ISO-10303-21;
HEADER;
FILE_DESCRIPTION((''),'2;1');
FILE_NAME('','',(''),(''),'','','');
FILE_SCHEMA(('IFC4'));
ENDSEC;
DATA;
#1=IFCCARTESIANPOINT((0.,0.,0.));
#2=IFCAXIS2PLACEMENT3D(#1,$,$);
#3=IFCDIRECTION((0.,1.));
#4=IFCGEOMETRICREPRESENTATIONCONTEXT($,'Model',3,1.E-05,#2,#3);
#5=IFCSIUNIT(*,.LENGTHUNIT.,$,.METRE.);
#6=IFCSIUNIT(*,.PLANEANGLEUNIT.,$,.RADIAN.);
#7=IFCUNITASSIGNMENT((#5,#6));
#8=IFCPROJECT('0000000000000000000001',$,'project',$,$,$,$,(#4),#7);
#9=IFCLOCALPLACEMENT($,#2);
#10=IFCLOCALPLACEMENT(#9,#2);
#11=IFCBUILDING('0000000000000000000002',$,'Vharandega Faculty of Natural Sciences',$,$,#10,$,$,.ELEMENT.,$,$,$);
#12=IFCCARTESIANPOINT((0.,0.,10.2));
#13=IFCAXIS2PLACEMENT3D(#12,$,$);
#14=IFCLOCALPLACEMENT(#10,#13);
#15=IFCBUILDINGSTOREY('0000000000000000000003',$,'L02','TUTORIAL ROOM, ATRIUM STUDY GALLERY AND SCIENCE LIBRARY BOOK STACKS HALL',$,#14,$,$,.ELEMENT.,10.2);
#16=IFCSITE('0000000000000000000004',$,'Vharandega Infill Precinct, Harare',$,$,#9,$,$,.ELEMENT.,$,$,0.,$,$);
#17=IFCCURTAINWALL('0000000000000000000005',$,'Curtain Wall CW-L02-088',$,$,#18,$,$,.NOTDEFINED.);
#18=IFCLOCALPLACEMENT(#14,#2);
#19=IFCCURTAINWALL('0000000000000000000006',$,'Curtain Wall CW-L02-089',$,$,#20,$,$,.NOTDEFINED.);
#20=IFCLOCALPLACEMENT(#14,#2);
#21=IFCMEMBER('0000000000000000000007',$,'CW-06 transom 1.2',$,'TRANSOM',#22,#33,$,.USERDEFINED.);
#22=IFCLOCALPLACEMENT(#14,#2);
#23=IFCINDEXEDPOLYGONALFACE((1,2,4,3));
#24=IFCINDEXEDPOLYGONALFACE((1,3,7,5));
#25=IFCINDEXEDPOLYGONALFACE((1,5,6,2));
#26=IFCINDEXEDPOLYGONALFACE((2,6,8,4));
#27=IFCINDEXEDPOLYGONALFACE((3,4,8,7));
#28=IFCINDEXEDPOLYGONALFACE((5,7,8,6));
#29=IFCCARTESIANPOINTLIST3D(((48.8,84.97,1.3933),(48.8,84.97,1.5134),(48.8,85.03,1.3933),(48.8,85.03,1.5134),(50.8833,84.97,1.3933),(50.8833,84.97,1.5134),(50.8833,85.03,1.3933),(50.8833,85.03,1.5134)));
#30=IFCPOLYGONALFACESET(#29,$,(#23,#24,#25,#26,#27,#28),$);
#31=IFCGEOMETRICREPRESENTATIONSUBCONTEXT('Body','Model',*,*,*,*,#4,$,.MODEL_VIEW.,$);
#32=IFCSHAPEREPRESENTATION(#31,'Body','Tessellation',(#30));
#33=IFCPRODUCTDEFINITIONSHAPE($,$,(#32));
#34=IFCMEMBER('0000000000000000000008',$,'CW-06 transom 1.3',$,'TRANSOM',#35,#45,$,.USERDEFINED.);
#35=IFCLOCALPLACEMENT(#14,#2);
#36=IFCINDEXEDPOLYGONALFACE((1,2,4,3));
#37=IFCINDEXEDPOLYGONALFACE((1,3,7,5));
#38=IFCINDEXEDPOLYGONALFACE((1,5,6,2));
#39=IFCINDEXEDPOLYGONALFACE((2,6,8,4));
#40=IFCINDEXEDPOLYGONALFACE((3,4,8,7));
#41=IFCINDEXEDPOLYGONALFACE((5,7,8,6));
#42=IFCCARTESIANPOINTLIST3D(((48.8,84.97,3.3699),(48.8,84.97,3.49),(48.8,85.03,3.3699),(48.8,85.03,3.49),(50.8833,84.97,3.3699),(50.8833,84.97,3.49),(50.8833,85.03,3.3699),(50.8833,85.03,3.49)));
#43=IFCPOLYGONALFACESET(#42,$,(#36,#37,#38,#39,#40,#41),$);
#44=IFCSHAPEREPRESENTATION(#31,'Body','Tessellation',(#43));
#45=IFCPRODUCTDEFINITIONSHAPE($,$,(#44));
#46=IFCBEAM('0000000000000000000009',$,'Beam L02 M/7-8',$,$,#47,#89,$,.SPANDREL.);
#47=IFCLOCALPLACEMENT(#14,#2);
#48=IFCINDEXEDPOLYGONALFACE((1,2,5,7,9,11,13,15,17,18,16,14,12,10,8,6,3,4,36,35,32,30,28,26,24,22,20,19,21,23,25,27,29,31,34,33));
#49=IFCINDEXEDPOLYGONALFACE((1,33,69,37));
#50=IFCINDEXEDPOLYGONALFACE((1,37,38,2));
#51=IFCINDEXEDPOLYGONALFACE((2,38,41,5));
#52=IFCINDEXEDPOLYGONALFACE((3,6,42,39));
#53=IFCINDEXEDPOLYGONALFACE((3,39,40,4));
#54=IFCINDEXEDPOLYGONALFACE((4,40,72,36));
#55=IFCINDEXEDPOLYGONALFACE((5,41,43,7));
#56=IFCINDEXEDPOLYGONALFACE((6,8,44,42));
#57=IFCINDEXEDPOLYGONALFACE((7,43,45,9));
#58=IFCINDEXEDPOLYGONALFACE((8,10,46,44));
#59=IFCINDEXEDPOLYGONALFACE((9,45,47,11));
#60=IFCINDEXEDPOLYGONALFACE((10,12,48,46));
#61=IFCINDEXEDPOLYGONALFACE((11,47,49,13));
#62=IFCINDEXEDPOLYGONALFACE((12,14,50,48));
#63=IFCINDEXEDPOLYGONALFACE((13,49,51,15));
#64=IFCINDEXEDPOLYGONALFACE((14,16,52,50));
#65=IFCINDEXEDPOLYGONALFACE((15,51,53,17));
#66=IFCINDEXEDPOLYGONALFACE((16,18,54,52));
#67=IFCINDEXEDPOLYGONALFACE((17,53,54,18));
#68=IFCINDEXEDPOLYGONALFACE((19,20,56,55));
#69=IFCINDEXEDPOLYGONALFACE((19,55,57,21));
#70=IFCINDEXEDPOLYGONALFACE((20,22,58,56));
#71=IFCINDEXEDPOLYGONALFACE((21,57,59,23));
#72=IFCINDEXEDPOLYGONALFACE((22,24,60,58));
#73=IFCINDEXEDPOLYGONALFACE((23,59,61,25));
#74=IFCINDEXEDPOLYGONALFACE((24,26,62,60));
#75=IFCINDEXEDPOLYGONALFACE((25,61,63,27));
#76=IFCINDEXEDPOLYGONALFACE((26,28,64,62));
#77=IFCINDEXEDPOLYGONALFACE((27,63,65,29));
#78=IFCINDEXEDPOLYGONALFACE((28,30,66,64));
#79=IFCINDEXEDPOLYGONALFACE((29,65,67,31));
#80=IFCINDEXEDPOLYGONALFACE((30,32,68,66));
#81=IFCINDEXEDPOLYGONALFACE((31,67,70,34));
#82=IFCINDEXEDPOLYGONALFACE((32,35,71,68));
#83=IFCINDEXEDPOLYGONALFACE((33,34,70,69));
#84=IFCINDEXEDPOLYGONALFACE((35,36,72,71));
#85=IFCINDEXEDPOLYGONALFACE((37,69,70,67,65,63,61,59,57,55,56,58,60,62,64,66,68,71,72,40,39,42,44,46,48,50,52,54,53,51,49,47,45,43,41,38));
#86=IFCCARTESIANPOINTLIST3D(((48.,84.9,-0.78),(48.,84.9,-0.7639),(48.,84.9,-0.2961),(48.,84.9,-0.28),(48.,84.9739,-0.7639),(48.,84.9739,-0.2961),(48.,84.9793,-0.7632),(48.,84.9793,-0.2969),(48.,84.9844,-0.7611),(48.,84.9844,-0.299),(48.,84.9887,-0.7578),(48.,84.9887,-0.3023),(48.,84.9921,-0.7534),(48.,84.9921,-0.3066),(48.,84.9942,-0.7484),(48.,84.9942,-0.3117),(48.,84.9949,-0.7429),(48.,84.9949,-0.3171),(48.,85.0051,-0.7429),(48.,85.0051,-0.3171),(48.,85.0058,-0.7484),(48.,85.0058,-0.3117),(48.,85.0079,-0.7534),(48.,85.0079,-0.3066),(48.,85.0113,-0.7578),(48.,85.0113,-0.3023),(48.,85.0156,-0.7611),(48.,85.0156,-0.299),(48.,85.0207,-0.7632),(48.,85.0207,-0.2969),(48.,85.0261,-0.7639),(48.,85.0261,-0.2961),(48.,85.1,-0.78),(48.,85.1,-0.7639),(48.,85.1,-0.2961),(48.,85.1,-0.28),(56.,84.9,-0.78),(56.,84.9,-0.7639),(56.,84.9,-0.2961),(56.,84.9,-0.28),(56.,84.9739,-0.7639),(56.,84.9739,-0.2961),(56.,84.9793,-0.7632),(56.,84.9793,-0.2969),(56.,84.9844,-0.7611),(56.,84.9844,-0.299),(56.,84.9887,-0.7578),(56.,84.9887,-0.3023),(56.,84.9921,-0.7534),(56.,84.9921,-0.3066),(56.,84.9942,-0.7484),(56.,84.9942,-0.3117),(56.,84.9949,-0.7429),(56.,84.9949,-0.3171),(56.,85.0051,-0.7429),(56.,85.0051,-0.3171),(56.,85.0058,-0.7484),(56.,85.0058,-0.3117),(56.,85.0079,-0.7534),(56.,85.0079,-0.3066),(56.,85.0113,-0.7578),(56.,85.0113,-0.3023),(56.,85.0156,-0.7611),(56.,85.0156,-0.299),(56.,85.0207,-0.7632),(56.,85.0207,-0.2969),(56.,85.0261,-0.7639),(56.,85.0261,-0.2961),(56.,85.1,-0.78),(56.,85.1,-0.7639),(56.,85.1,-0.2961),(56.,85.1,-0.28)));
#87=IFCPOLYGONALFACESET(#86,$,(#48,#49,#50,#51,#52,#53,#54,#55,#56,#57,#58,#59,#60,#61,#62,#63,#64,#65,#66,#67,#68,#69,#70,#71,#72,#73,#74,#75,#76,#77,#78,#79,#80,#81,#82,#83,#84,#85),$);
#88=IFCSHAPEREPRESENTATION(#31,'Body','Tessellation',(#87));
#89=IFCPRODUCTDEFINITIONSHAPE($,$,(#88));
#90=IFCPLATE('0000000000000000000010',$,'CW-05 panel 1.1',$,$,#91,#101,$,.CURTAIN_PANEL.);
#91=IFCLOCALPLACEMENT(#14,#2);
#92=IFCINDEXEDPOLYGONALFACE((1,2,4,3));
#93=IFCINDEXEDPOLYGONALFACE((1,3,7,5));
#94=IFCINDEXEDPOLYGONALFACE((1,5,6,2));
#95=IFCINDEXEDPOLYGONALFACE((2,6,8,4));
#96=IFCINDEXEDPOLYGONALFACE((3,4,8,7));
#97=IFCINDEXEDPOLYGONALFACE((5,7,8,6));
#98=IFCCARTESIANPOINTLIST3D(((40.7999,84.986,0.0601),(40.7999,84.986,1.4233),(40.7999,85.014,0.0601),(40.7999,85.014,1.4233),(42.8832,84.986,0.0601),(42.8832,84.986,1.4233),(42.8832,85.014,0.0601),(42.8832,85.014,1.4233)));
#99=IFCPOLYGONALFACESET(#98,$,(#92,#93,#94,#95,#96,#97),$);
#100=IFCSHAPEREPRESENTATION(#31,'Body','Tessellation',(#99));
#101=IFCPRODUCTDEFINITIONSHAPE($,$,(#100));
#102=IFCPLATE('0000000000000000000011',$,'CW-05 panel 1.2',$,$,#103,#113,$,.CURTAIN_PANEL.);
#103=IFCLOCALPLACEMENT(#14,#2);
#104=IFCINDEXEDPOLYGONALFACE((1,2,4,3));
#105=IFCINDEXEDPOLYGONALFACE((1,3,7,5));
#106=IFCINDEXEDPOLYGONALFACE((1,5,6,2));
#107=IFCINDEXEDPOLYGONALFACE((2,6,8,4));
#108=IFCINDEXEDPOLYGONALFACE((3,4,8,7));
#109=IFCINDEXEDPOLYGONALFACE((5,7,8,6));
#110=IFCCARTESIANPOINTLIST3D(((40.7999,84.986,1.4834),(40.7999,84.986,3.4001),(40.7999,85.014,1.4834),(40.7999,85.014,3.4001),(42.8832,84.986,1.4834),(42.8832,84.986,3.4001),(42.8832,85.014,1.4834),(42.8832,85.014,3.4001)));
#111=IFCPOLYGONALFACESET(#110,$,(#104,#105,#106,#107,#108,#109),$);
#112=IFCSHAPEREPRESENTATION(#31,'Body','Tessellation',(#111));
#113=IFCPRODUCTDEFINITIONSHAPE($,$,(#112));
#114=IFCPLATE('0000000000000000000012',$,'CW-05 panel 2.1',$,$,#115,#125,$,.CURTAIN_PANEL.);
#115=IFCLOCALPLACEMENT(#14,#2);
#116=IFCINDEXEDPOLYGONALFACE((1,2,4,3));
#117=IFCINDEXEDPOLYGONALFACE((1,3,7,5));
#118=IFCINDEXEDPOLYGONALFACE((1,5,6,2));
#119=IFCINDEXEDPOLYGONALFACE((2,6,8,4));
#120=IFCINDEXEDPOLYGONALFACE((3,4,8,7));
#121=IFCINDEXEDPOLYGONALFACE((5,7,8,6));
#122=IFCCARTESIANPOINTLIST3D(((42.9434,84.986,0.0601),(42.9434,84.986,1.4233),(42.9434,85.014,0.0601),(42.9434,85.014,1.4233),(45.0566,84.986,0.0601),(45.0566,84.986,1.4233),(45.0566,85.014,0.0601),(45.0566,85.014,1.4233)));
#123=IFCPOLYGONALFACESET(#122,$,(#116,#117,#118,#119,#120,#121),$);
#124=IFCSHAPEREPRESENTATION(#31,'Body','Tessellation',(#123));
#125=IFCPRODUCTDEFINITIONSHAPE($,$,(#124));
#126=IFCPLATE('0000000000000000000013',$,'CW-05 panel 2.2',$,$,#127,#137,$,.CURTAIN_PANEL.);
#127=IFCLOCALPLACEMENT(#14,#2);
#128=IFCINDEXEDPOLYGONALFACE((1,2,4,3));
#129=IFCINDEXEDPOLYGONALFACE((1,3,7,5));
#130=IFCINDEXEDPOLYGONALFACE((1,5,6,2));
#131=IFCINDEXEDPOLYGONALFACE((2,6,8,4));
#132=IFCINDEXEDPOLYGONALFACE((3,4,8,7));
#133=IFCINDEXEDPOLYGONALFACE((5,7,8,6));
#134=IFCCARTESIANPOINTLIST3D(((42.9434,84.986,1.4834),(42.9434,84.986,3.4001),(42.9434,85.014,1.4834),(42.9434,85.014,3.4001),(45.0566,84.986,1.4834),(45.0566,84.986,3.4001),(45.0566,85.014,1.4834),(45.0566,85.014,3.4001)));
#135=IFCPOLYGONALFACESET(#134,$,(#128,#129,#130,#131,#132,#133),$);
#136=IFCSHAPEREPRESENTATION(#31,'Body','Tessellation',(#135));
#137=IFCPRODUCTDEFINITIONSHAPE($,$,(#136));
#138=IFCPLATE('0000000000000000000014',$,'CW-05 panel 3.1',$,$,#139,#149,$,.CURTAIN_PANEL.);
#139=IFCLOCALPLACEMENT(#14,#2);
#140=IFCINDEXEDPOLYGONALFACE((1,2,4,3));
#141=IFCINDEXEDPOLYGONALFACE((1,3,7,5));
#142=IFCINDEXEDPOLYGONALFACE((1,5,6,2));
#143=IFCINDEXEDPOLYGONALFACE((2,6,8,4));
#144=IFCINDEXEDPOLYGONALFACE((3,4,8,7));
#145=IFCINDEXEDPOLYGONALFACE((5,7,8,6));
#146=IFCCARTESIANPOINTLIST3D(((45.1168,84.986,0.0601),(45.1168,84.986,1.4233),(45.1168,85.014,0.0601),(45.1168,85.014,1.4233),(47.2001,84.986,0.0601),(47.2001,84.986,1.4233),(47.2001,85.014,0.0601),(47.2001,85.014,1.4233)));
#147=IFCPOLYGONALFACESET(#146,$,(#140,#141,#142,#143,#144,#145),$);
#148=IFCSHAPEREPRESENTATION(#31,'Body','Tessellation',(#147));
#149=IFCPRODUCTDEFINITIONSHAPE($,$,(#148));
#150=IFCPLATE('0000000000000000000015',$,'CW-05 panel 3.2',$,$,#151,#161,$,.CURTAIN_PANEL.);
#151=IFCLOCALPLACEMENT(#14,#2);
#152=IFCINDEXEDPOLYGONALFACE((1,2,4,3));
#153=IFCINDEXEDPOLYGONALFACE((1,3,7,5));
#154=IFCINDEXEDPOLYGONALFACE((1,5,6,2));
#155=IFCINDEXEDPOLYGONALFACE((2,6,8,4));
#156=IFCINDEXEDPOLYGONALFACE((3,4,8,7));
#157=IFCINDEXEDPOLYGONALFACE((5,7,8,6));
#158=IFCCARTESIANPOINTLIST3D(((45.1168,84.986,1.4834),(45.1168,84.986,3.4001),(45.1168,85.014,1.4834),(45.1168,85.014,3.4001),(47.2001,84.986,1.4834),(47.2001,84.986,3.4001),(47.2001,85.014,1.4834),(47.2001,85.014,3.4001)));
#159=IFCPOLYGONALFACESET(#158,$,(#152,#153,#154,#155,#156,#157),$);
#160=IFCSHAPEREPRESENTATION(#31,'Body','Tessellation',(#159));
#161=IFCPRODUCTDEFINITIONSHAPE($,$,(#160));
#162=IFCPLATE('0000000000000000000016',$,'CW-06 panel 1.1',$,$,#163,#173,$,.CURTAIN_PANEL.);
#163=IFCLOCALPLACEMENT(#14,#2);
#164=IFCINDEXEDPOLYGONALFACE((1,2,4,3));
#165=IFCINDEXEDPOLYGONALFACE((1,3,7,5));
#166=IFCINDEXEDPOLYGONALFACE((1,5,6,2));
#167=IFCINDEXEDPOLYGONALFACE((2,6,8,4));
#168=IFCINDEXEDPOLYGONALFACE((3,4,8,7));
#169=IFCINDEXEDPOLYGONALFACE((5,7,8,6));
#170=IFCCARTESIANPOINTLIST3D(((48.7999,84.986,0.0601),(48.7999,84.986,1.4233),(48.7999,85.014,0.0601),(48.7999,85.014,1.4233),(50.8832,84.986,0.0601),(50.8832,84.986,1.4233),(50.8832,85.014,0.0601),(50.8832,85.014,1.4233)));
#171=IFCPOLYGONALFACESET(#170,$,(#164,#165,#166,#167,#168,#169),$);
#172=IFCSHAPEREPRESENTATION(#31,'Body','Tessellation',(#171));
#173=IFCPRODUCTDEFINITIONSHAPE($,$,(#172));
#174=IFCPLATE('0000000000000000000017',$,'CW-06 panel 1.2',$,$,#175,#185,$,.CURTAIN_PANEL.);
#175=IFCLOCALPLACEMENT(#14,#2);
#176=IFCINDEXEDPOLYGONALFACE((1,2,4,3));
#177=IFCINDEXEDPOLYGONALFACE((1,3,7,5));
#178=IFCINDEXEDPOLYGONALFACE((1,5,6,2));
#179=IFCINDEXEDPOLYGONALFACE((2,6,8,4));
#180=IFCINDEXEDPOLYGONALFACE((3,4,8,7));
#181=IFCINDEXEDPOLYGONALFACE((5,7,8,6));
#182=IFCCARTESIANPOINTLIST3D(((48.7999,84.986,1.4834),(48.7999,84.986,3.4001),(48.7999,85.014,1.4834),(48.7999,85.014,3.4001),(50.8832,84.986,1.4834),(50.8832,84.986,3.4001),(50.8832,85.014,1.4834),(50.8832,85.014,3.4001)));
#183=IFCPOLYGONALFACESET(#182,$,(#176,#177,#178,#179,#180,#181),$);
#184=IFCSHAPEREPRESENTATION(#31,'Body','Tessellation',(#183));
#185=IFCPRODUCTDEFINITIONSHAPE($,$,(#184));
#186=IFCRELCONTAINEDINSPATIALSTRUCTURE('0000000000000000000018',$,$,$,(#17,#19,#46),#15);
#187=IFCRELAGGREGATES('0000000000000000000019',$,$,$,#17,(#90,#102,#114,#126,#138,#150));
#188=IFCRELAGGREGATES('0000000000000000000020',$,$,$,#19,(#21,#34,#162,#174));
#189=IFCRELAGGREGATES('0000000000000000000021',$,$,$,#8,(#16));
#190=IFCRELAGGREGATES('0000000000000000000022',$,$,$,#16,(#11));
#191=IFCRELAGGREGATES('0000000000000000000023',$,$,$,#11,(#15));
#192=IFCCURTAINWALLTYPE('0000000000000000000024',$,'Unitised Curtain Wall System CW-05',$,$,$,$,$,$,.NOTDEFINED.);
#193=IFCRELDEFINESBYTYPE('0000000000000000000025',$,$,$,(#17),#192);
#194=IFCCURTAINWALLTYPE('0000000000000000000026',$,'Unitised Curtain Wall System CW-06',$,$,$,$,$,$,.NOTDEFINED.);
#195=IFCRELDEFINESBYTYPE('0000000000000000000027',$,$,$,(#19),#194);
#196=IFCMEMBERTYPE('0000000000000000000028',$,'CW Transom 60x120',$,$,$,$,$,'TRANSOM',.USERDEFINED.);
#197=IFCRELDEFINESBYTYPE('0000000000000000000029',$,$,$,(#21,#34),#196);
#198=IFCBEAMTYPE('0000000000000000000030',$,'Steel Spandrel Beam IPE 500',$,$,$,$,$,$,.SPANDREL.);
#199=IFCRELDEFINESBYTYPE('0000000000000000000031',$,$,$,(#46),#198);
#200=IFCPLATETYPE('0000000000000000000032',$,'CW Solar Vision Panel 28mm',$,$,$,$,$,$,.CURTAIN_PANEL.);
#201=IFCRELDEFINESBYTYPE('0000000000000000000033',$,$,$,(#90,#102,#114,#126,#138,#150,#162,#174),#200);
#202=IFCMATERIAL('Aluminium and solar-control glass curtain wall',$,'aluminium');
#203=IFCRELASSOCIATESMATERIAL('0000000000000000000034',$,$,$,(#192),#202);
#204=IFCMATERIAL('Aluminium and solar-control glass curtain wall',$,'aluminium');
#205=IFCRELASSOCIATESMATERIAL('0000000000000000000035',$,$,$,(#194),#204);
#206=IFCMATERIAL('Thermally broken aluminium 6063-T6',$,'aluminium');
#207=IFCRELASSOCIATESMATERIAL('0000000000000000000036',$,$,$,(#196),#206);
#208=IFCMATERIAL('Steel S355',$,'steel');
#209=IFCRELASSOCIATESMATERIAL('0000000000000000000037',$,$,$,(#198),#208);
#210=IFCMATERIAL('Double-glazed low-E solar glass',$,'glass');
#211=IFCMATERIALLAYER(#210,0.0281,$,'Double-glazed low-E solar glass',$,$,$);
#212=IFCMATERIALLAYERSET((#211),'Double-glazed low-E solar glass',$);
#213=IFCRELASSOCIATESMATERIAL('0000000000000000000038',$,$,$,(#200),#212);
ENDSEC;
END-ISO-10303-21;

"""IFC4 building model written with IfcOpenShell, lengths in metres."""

from ifc_helpers import new_model, si_unit, direction, frame, origin, origin_2d, place, context, subcontext, project, spatial, rectangle, i_section, extrude, material, layer, layer_set, material_profile, profile_set, type_object, element, aggregate, save


model = new_model("IFC4")

# Units and contexts
model_context = context("Model", 3, precision=1e-05, world=origin(), true_north=direction((0.0, 1.0)))
body_context = subcontext(model_context, "Body", "Model", "MODEL_VIEW")
ifc_project = project(units=[si_unit("LENGTHUNIT", "METRE"), si_unit("PLANEANGLEUNIT", "RADIAN")], contexts=[model_context])

# Site, building, storey
site_placement = place(None, origin())
site = spatial("IfcSite", under=ifc_project, at=site_placement, Name="Vharandega Infill Precinct, Harare", CompositionType="ELEMENT", RefElevation=0.0)
building_placement = place(site_placement, origin())
building = spatial("IfcBuilding", under=site, at=building_placement, Name="Vharandega Faculty of Natural Sciences", CompositionType="ELEMENT")
storey_placement = place(building_placement, frame((0.0, 0.0, 10.2)))
storey = spatial("IfcBuildingStorey", under=building, at=storey_placement, Name="L02", Description="TUTORIAL ROOM, ATRIUM STUDY GALLERY AND SCIENCE LIBRARY BOOK STACKS HALL", CompositionType="ELEMENT", Elevation=10.2)

# Curtain wall
ifc_material_1 = material(Name="Aluminium and solar-control glass curtain wall", Category="aluminium")
curtain_wall_type_1 = type_object("IfcCurtainWallType", Name="Unitised Curtain Wall System CW-05", PredefinedType="NOTDEFINED", material=ifc_material_1)
curtain_wall_1_placement = place(storey_placement, origin())
curtain_wall_1 = element("IfcCurtainWall", 1, at=curtain_wall_1_placement, inside=storey, type_object=curtain_wall_type_1, Name="Curtain Wall CW-L02-088", PredefinedType="NOTDEFINED")

# Curtain wall
ifc_material_2 = material(Name="Aluminium and solar-control glass curtain wall", Category="aluminium")
curtain_wall_type_2 = type_object("IfcCurtainWallType", Name="Unitised Curtain Wall System CW-06", PredefinedType="NOTDEFINED", material=ifc_material_2)
curtain_wall_2_placement = place(storey_placement, origin())
curtain_wall_2 = element("IfcCurtainWall", 2, at=curtain_wall_2_placement, inside=storey, type_object=curtain_wall_type_2, Name="Curtain Wall CW-L02-089", PredefinedType="NOTDEFINED")

# Members
ifc_material_3 = material(Name="Thermally broken aluminium 6063-T6", Category="aluminium")
ifc_material_profile_1 = material_profile(ifc_material_3, rectangle(XDim=0.0601, YDim=0.1201, at=origin_2d()), Name="ALU 60x120")
ifc_profile_set_1 = profile_set([ifc_material_profile_1], Name="Thermally broken aluminium 6063-T6")
member_type_1 = type_object("IfcMemberType", Name="CW Transom 60x120", ElementType="TRANSOM", PredefinedType="USERDEFINED", material=ifc_profile_set_1)
member_1_placement = place(storey_placement, frame((48.8, 85.0, 1.4534), z_axis=(1.0, 0.0, 0.0), x_axis=(0.0, 1.0, 0.0)))
member_1 = element("IfcMember", 3, at=member_1_placement, type_object=member_type_1, Name="CW-06 transom 1.2", ObjectType="TRANSOM", PredefinedType="USERDEFINED", context=body_context, shape_type="SweptSolid", body=[
    extrude(rectangle(XDim=0.0601, YDim=0.1201, at=origin_2d()), origin(), (0.0, 0.0, 1.0), 2.0833),
])
member_2_placement = place(storey_placement, frame((48.8, 85.0, 3.4299), z_axis=(1.0, 0.0, 0.0), x_axis=(0.0, 1.0, 0.0)))
member_2 = element("IfcMember", 4, at=member_2_placement, type_object=member_type_1, Name="CW-06 transom 1.3", ObjectType="TRANSOM", PredefinedType="USERDEFINED", context=body_context, shape_type="SweptSolid", body=[
    extrude(rectangle(XDim=0.0601, YDim=0.1201, at=origin_2d()), origin(), (0.0, 0.0, 1.0), 2.0833),
])

# Beam
ifc_material_4 = material(Name="Steel S355", Category="steel")
ifc_material_profile_2 = material_profile(ifc_material_4, i_section(OverallWidth=0.2, OverallDepth=0.5, WebThickness=0.0103, FlangeThickness=0.0161, FilletRadius=0.021, at=origin_2d()), Name="IPE 500")
ifc_profile_set_2 = profile_set([ifc_material_profile_2], Name="Steel S355")
beam_type = type_object("IfcBeamType", Name="Steel Spandrel Beam IPE 500", PredefinedType="SPANDREL", material=ifc_profile_set_2)
beam_placement = place(storey_placement, frame((48.0, 85.0, -0.53), z_axis=(1.0, 0.0, 0.0), x_axis=(0.0, 1.0, 0.0)))
element("IfcBeam", 5, at=beam_placement, inside=storey, type_object=beam_type, Name="Beam L02 M/7-8", PredefinedType="SPANDREL", context=body_context, shape_type="SweptSolid", body=[
    extrude(i_section(OverallWidth=0.2, OverallDepth=0.5, WebThickness=0.0103, FlangeThickness=0.0161, FilletRadius=0.021, at=origin_2d()), origin(), (0.0, 0.0, 1.0), 8.0),
])

# Plates
ifc_material_5 = material(Name="Double-glazed low-E solar glass", Category="glass")
ifc_layer = layer(ifc_material_5, 0.0281, Name="Double-glazed low-E solar glass")
ifc_layer_set = layer_set([ifc_layer], Name="Double-glazed low-E solar glass")
plate_type = type_object("IfcPlateType", Name="CW Solar Vision Panel 28mm", PredefinedType="CURTAIN_PANEL", material=ifc_layer_set)
plate_1_placement = place(storey_placement, frame((41.8416, 85.0, 0.0601), z_axis=(0.0, 0.0, 1.0), x_axis=(1.0, 0.0, 0.0)))
plate_1 = element("IfcPlate", 6, at=plate_1_placement, type_object=plate_type, Name="CW-05 panel 1.1", PredefinedType="CURTAIN_PANEL", context=body_context, shape_type="SweptSolid", body=[
    extrude(rectangle(XDim=2.0833, YDim=0.0281, at=origin_2d()), origin(), (0.0, 0.0, 1.0), 1.3633),
])
plate_2_placement = place(storey_placement, frame((41.8416, 85.0, 1.4834), z_axis=(0.0, 0.0, 1.0), x_axis=(1.0, 0.0, 0.0)))
plate_2 = element("IfcPlate", 7, at=plate_2_placement, type_object=plate_type, Name="CW-05 panel 1.2", PredefinedType="CURTAIN_PANEL", context=body_context, shape_type="SweptSolid", body=[
    extrude(rectangle(XDim=2.0833, YDim=0.0281, at=origin_2d()), origin(), (0.0, 0.0, 1.0), 1.9167),
])
plate_3_placement = place(storey_placement, frame((44.0, 85.0, 0.0601), z_axis=(0.0, 0.0, 1.0), x_axis=(1.0, 0.0, 0.0)))
plate_3 = element("IfcPlate", 8, at=plate_3_placement, type_object=plate_type, Name="CW-05 panel 2.1", PredefinedType="CURTAIN_PANEL", context=body_context, shape_type="SweptSolid", body=[
    extrude(rectangle(XDim=2.1133, YDim=0.0281, at=origin_2d()), origin(), (0.0, 0.0, 1.0), 1.3633),
])
plate_4_placement = place(storey_placement, frame((44.0, 85.0, 1.4834), z_axis=(0.0, 0.0, 1.0), x_axis=(1.0, 0.0, 0.0)))
plate_4 = element("IfcPlate", 9, at=plate_4_placement, type_object=plate_type, Name="CW-05 panel 2.2", PredefinedType="CURTAIN_PANEL", context=body_context, shape_type="SweptSolid", body=[
    extrude(rectangle(XDim=2.1133, YDim=0.0281, at=origin_2d()), origin(), (0.0, 0.0, 1.0), 1.9167),
])
plate_5_placement = place(storey_placement, frame((46.1584, 85.0, 0.0601), z_axis=(0.0, 0.0, 1.0), x_axis=(1.0, 0.0, 0.0)))
plate_5 = element("IfcPlate", 10, at=plate_5_placement, type_object=plate_type, Name="CW-05 panel 3.1", PredefinedType="CURTAIN_PANEL", context=body_context, shape_type="SweptSolid", body=[
    extrude(rectangle(XDim=2.0833, YDim=0.0281, at=origin_2d()), origin(), (0.0, 0.0, 1.0), 1.3633),
])
plate_6_placement = place(storey_placement, frame((46.1584, 85.0, 1.4834), z_axis=(0.0, 0.0, 1.0), x_axis=(1.0, 0.0, 0.0)))
plate_6 = element("IfcPlate", 11, at=plate_6_placement, type_object=plate_type, Name="CW-05 panel 3.2", PredefinedType="CURTAIN_PANEL", context=body_context, shape_type="SweptSolid", body=[
    extrude(rectangle(XDim=2.0833, YDim=0.0281, at=origin_2d()), origin(), (0.0, 0.0, 1.0), 1.9167),
])
aggregate(curtain_wall_1, [plate_1, plate_2, plate_3, plate_4, plate_5, plate_6])
plate_7_placement = place(storey_placement, frame((49.8416, 85.0, 0.0601), z_axis=(0.0, 0.0, 1.0), x_axis=(1.0, 0.0, 0.0)))
plate_7 = element("IfcPlate", 12, at=plate_7_placement, type_object=plate_type, Name="CW-06 panel 1.1", PredefinedType="CURTAIN_PANEL", context=body_context, shape_type="SweptSolid", body=[
    extrude(rectangle(XDim=2.0833, YDim=0.0281, at=origin_2d()), origin(), (0.0, 0.0, 1.0), 1.3633),
])
plate_8_placement = place(storey_placement, frame((49.8416, 85.0, 1.4834), z_axis=(0.0, 0.0, 1.0), x_axis=(1.0, 0.0, 0.0)))
plate_8 = element("IfcPlate", 13, at=plate_8_placement, type_object=plate_type, Name="CW-06 panel 1.2", PredefinedType="CURTAIN_PANEL", context=body_context, shape_type="SweptSolid", body=[
    extrude(rectangle(XDim=2.0833, YDim=0.0281, at=origin_2d()), origin(), (0.0, 0.0, 1.0), 1.9167),
])
aggregate(curtain_wall_2, [member_1, member_2, plate_7, plate_8])

save(model, "model.ifc")
